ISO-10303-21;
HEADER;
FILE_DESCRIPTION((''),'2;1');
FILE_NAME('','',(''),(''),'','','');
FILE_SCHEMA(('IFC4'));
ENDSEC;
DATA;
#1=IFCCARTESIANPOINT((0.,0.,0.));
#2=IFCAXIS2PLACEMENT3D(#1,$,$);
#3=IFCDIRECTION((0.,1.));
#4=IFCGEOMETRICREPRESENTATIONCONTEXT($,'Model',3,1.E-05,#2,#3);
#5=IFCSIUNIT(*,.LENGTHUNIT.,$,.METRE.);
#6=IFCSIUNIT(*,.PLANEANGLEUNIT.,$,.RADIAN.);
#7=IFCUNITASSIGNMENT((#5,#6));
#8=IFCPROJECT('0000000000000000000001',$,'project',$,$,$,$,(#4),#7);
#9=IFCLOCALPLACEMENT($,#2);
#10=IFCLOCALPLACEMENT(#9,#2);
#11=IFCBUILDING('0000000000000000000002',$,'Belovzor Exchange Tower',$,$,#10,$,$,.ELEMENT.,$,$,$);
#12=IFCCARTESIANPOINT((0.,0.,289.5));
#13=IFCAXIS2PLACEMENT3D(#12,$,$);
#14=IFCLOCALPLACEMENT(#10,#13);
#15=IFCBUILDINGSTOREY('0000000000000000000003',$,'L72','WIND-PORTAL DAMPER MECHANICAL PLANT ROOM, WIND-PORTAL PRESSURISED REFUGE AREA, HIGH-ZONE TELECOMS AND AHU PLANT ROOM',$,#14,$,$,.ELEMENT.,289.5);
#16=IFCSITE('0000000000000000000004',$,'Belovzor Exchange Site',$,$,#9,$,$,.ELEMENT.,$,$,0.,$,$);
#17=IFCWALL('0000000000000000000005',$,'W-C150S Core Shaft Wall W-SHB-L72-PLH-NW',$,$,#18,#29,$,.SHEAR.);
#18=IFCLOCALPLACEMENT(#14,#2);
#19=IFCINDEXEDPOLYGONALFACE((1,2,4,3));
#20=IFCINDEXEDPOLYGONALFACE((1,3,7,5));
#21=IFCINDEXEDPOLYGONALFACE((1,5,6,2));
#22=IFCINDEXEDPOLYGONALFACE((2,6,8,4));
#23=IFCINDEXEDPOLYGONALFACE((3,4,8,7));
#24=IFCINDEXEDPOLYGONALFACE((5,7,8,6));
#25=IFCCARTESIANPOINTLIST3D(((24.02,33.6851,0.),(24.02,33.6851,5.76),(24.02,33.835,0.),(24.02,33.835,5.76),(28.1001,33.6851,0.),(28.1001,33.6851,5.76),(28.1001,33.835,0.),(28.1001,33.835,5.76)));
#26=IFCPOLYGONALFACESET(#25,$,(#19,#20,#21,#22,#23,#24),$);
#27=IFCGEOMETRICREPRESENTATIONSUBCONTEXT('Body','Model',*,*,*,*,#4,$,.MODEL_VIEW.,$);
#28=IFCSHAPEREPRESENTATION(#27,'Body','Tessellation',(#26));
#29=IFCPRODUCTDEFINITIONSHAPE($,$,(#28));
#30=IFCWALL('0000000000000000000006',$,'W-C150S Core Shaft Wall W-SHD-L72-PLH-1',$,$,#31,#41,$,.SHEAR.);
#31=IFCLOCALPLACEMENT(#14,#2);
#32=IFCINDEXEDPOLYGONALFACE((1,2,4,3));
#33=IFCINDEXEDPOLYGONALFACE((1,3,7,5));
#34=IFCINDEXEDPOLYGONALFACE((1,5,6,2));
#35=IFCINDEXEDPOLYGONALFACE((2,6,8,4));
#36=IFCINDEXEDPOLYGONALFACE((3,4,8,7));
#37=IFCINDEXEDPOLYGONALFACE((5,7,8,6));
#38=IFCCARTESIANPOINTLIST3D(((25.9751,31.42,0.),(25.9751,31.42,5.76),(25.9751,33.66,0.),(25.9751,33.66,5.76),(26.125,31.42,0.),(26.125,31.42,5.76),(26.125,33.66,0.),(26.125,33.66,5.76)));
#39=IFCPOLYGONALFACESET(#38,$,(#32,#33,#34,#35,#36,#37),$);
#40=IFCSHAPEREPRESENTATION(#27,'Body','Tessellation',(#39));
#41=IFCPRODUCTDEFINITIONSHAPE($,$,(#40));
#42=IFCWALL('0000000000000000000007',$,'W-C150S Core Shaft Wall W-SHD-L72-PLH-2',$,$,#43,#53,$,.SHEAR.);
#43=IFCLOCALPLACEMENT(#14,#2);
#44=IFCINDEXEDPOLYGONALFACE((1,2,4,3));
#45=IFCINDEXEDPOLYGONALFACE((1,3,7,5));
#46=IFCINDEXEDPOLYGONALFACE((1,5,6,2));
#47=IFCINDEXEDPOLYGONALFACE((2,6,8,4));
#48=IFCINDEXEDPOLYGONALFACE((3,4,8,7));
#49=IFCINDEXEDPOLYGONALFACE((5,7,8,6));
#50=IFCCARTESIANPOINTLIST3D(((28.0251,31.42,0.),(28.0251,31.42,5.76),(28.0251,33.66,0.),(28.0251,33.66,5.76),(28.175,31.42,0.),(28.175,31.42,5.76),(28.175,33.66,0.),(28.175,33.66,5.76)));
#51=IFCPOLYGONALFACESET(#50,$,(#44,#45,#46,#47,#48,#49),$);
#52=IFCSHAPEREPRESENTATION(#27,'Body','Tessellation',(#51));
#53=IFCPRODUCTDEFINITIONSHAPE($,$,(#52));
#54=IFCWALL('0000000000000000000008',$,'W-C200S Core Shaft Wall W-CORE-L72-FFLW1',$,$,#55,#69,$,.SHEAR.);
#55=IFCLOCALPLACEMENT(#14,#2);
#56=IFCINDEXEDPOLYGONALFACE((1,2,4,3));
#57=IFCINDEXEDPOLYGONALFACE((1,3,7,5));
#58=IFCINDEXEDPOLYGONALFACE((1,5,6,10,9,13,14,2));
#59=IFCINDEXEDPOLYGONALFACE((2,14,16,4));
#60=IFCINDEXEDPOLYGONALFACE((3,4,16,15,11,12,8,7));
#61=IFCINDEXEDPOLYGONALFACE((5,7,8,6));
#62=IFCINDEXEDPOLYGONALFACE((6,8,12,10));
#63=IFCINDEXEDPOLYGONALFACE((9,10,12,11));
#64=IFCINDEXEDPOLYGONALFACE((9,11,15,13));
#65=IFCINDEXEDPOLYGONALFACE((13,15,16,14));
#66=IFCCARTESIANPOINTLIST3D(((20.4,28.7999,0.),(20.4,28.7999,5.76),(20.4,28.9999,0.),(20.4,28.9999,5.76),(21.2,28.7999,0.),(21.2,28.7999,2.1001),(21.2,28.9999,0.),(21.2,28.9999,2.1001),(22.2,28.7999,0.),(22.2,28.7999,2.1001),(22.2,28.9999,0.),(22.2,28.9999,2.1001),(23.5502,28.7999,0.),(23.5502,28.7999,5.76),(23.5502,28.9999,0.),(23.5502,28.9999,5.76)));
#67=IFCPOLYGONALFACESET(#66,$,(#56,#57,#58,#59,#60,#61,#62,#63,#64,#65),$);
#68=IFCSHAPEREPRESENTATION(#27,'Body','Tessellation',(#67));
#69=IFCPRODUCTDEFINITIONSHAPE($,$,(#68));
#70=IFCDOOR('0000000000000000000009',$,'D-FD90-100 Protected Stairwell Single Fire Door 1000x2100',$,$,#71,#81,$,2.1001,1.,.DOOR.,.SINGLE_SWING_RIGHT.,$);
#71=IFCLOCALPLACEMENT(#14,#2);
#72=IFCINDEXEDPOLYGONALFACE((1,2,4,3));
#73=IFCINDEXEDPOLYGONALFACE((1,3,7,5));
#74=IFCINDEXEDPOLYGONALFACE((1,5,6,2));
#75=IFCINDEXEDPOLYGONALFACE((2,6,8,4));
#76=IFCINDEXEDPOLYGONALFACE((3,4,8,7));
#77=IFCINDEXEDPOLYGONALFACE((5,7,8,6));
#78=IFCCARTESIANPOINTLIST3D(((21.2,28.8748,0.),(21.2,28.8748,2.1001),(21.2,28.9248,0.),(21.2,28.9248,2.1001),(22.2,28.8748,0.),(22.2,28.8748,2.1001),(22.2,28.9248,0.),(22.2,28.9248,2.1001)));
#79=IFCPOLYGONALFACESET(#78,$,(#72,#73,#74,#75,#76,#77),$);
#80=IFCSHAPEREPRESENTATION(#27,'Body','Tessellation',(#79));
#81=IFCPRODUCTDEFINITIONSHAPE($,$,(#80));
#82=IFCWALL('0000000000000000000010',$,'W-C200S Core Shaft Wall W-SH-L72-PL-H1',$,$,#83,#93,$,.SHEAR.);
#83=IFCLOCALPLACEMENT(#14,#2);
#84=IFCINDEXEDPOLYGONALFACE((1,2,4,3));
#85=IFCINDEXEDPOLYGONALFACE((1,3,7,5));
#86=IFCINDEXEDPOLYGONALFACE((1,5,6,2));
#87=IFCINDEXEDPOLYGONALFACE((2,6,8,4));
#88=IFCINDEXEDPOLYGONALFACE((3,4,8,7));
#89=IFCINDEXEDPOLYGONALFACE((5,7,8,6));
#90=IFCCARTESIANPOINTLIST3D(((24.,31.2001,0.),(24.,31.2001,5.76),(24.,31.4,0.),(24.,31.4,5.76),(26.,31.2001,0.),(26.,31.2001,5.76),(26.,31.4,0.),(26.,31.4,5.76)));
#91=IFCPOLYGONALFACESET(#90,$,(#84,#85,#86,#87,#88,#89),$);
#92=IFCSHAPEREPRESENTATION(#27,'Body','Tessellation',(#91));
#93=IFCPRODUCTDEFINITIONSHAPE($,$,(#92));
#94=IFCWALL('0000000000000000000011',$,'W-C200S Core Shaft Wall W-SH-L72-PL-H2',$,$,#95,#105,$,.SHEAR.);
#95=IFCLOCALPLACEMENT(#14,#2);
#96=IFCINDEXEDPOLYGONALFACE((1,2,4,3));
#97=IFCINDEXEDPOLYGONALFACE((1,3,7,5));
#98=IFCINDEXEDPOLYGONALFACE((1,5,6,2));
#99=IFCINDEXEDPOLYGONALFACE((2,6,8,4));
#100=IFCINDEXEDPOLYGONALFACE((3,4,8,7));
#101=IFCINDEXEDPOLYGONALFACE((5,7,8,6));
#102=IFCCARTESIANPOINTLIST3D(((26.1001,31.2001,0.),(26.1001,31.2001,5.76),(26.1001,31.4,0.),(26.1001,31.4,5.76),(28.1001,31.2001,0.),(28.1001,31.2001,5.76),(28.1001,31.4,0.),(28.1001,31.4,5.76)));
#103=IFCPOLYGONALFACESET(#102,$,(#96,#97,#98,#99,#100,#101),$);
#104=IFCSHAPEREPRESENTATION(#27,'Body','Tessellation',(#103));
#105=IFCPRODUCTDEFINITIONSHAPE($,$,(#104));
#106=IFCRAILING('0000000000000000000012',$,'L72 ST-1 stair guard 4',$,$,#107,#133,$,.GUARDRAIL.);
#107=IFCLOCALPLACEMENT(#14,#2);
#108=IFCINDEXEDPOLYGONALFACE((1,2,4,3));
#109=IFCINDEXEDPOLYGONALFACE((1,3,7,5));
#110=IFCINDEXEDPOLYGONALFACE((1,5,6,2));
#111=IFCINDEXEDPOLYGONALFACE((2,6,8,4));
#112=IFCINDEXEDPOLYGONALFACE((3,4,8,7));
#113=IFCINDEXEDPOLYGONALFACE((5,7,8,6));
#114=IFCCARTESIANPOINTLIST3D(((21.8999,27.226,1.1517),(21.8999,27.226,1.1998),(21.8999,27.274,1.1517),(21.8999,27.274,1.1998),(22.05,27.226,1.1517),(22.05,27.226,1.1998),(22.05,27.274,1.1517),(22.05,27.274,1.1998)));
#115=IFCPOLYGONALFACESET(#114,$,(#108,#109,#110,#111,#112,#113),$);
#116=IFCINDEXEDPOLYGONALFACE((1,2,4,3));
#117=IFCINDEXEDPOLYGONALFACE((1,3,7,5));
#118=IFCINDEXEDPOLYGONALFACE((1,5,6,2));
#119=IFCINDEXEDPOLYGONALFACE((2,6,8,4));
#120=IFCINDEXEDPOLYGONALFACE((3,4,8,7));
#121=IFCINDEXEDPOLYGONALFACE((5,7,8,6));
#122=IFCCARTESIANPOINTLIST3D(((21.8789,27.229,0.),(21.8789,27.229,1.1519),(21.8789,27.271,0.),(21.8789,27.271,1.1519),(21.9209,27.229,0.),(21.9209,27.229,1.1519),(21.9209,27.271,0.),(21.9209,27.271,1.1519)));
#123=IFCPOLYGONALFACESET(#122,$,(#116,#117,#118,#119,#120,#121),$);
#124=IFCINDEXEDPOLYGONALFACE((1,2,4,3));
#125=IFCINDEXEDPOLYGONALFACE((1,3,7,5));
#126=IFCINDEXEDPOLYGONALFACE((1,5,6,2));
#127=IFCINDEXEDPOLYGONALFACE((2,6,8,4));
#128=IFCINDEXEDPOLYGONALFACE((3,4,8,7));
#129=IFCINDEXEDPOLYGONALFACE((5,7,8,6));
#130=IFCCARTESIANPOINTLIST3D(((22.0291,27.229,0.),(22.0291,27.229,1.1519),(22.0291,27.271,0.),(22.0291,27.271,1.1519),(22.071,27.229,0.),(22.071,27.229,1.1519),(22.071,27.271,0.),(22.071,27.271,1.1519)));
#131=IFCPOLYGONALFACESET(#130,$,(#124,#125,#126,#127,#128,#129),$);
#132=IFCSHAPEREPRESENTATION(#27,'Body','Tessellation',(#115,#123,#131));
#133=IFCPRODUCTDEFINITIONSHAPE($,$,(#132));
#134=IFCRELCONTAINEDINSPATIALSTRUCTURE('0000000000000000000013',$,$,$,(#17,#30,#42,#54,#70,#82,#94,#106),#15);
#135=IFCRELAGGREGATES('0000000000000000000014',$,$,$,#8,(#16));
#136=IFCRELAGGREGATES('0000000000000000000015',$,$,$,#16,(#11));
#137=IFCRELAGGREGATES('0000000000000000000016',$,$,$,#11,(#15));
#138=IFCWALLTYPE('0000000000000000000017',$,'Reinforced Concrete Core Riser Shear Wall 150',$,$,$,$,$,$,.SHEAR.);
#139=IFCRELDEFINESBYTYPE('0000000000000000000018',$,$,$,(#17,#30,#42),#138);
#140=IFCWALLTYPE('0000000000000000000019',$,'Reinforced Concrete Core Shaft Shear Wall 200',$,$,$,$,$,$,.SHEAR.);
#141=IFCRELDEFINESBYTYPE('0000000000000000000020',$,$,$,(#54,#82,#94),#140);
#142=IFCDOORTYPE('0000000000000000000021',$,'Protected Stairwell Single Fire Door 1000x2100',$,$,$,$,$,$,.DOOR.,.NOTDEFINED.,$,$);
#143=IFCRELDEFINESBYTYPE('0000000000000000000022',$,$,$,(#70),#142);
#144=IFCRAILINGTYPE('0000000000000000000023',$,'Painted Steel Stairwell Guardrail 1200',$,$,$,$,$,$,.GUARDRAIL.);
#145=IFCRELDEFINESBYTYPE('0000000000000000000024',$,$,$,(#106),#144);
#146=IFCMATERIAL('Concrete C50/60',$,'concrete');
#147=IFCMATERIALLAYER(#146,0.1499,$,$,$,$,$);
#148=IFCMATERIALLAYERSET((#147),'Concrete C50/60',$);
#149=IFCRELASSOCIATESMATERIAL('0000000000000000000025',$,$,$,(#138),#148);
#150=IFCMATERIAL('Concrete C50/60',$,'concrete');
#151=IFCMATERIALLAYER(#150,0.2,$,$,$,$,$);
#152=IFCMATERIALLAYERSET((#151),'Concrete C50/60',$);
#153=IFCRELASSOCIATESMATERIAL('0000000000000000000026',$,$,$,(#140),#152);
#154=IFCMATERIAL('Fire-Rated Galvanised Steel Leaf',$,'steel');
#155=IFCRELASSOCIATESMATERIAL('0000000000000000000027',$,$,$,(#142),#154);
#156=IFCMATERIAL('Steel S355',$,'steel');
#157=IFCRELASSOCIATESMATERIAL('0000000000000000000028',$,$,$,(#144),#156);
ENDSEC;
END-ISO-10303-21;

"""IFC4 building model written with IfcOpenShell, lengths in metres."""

from ifc_helpers import new_model, si_unit, direction, frame, frame_2d, origin, origin_2d, place, context, subcontext, project, spatial, rectangle, extrude, material, layer, layer_set, type_object, element, fill, save


model = new_model("IFC4")

# Units and contexts
model_context = context("Model", 3, precision=1e-05, world=origin(), true_north=direction((0.0, 1.0)))
body_context = subcontext(model_context, "Body", "Model", "MODEL_VIEW")
ifc_project = project(units=[si_unit("LENGTHUNIT", "METRE"), si_unit("PLANEANGLEUNIT", "RADIAN")], contexts=[model_context])

# Site, building, storey
site_placement = place(None, origin())
site = spatial("IfcSite", under=ifc_project, at=site_placement, Name="Belovzor Exchange Site", CompositionType="ELEMENT", RefElevation=0.0)
building_placement = place(site_placement, origin())
building = spatial("IfcBuilding", under=site, at=building_placement, Name="Belovzor Exchange Tower", CompositionType="ELEMENT")
storey_placement = place(building_placement, frame((0.0, 0.0, 289.5)))
storey = spatial("IfcBuildingStorey", under=building, at=storey_placement, Name="L72", Description="WIND-PORTAL DAMPER MECHANICAL PLANT ROOM, WIND-PORTAL PRESSURISED REFUGE AREA, HIGH-ZONE TELECOMS AND AHU PLANT ROOM", CompositionType="ELEMENT", Elevation=289.5)

# Walls
ifc_material_1 = material(Name="Concrete C50/60", Category="concrete")
ifc_layer_1 = layer(ifc_material_1, 0.1499)
ifc_layer_set_1 = layer_set([ifc_layer_1], Name="Concrete C50/60")
wall_type_1 = type_object("IfcWallType", Name="Reinforced Concrete Core Riser Shear Wall 150", PredefinedType="SHEAR", material=ifc_layer_set_1)
wall_1_placement = place(storey_placement, frame((24.02, 33.76, 0.0), z_axis=(0.0, 0.0, 1.0), x_axis=(1.0, 0.0, 0.0)))
element("IfcWall", 1, at=wall_1_placement, inside=storey, type_object=wall_type_1, Name="W-C150S Core Shaft Wall W-SHB-L72-PLH-NW", PredefinedType="SHEAR", context=body_context, shape_type="SweptSolid", body=[
    extrude(rectangle(XDim=4.0801, YDim=0.1499, at=frame_2d((2.04, 0.0))), origin(), (0.0, 0.0, 1.0), 5.76),
])
for number, where, z_axis, x_axis, name in (
    (2, (26.05, 31.4199, 0.0), (0.0, 0.0, 1.0), (0.0, 1.0, 0.0), "W-C150S Core Shaft Wall W-SHD-L72-PLH-1"),
    (3, (28.1001, 31.4199, 0.0), (0.0, 0.0, 1.0), (0.0, 1.0, 0.0), "W-C150S Core Shaft Wall W-SHD-L72-PLH-2"),
):
    element("IfcWall", number, at=place(storey_placement, frame(where, z_axis=z_axis, x_axis=x_axis)), inside=storey, type_object=wall_type_1, Name=name, PredefinedType="SHEAR", context=body_context, shape_type="SweptSolid", body=[
        extrude(rectangle(XDim=2.24, YDim=0.1499, at=frame_2d((1.1201, 0.0))), origin(), (0.0, 0.0, 1.0), 5.76),
    ])

# Wall, opening, door
ifc_material_2 = material(Name="Concrete C50/60", Category="concrete")
ifc_layer_2 = layer(ifc_material_2, 0.2)
ifc_layer_set_2 = layer_set([ifc_layer_2], Name="Concrete C50/60")
wall_type_2 = type_object("IfcWallType", Name="Reinforced Concrete Core Shaft Shear Wall 200", PredefinedType="SHEAR", material=ifc_layer_set_2)
wall_2_placement = place(storey_placement, frame((20.3999, 28.8999, 0.0), z_axis=(0.0, 0.0, 1.0), x_axis=(1.0, 0.0, 0.0)))
wall_2 = element("IfcWall", 4, at=wall_2_placement, inside=storey, type_object=wall_type_2, Name="W-C200S Core Shaft Wall W-CORE-L72-FFLW1", PredefinedType="SHEAR", context=body_context, shape_type="SweptSolid", body=[
    extrude(rectangle(XDim=3.1501, YDim=0.2, at=frame_2d((1.5752, 0.0))), origin(), (0.0, 0.0, 1.0), 5.76),
])
opening_1_placement = place(wall_2_placement, frame((0.8, 0.0, 0.0)))
opening_1 = element("IfcOpeningElement", 5, at=opening_1_placement, cuts=wall_2, PredefinedType="OPENING", context=body_context, shape_type="SweptSolid", body=[
    extrude(rectangle(XDim=1.0, YDim=2.1001, at=frame_2d((0.5, 1.05))), frame((0.0, 0.1099, 0.0), z_axis=(0.0, -1.0, 0.0), x_axis=(1.0, 0.0, 0.0)), (0.0, 0.0, 1.0), 0.22),
])
ifc_material_3 = material(Name="Fire-Rated Galvanised Steel Leaf", Category="steel")
door_type_1 = type_object("IfcDoorType", Name="Protected Stairwell Single Fire Door 1000x2100", OperationType="NOTDEFINED", PredefinedType="DOOR", material=ifc_material_3)
door_1_placement = place(opening_1_placement, origin())
door_1 = element("IfcDoor", 6, at=door_1_placement, inside=storey, type_object=door_type_1, Name="D-FD90-100 Protected Stairwell Single Fire Door 1000x2100", OperationType="SINGLE_SWING_RIGHT", OverallHeight=2.1001, OverallWidth=1.0, PredefinedType="DOOR", context=body_context, shape_type="SweptSolid", body=[
    extrude(rectangle(XDim=1.0, YDim=2.1001, at=frame_2d((0.5, 1.05))), frame((0.0, 0.0249, 0.0), z_axis=(0.0, -1.0, 0.0), x_axis=(1.0, 0.0, 0.0)), (0.0, 0.0, 1.0), 0.05),
])
fill(opening_1, door_1)

# Walls
for number, where, z_axis, x_axis, name in (
    (7, (24.0, 31.3, 0.0), (0.0, 0.0, 1.0), (1.0, 0.0, 0.0), "W-C200S Core Shaft Wall W-SH-L72-PL-H1"),
    (8, (26.1001, 31.3, 0.0), (0.0, 0.0, 1.0), (1.0, 0.0, 0.0), "W-C200S Core Shaft Wall W-SH-L72-PL-H2"),
):
    element("IfcWall", number, at=place(storey_placement, frame(where, z_axis=z_axis, x_axis=x_axis)), inside=storey, type_object=wall_type_2, Name=name, PredefinedType="SHEAR", context=body_context, shape_type="SweptSolid", body=[
        extrude(rectangle(XDim=2.0, YDim=0.2, at=frame_2d((1.0, 0.0))), origin(), (0.0, 0.0, 1.0), 5.76),
    ])

# Railing
ifc_material_4 = material(Name="Steel S355", Category="steel")
railing_type = type_object("IfcRailingType", Name="Painted Steel Stairwell Guardrail 1200", PredefinedType="GUARDRAIL", material=ifc_material_4)
railing_placement = place(storey_placement, frame((21.8999, 27.25, 0.0)))
element("IfcRailing", 9, at=railing_placement, inside=storey, type_object=railing_type, Name="L72 ST-1 stair guard 4", PredefinedType="GUARDRAIL", context=body_context, shape_type="SweptSolid", body=[
    extrude(rectangle(XDim=0.0481, YDim=0.0481, at=origin_2d()), frame((0.0, 0.0, 1.1758), z_axis=(1.0, 0.0, 0.0), x_axis=(0.0, 1.0, 0.0)), (0.0, 0.0, 1.0), 0.1501),
    extrude(rectangle(XDim=0.042, YDim=0.042, at=origin_2d()), origin(), (0.0, 0.0, 1.0), 1.1519),
    extrude(rectangle(XDim=0.042, YDim=0.042, at=origin_2d()), frame((0.1501, 0.0, 0.0)), (0.0, 0.0, 1.0), 1.1519),
])

save(model, "model.ifc")
